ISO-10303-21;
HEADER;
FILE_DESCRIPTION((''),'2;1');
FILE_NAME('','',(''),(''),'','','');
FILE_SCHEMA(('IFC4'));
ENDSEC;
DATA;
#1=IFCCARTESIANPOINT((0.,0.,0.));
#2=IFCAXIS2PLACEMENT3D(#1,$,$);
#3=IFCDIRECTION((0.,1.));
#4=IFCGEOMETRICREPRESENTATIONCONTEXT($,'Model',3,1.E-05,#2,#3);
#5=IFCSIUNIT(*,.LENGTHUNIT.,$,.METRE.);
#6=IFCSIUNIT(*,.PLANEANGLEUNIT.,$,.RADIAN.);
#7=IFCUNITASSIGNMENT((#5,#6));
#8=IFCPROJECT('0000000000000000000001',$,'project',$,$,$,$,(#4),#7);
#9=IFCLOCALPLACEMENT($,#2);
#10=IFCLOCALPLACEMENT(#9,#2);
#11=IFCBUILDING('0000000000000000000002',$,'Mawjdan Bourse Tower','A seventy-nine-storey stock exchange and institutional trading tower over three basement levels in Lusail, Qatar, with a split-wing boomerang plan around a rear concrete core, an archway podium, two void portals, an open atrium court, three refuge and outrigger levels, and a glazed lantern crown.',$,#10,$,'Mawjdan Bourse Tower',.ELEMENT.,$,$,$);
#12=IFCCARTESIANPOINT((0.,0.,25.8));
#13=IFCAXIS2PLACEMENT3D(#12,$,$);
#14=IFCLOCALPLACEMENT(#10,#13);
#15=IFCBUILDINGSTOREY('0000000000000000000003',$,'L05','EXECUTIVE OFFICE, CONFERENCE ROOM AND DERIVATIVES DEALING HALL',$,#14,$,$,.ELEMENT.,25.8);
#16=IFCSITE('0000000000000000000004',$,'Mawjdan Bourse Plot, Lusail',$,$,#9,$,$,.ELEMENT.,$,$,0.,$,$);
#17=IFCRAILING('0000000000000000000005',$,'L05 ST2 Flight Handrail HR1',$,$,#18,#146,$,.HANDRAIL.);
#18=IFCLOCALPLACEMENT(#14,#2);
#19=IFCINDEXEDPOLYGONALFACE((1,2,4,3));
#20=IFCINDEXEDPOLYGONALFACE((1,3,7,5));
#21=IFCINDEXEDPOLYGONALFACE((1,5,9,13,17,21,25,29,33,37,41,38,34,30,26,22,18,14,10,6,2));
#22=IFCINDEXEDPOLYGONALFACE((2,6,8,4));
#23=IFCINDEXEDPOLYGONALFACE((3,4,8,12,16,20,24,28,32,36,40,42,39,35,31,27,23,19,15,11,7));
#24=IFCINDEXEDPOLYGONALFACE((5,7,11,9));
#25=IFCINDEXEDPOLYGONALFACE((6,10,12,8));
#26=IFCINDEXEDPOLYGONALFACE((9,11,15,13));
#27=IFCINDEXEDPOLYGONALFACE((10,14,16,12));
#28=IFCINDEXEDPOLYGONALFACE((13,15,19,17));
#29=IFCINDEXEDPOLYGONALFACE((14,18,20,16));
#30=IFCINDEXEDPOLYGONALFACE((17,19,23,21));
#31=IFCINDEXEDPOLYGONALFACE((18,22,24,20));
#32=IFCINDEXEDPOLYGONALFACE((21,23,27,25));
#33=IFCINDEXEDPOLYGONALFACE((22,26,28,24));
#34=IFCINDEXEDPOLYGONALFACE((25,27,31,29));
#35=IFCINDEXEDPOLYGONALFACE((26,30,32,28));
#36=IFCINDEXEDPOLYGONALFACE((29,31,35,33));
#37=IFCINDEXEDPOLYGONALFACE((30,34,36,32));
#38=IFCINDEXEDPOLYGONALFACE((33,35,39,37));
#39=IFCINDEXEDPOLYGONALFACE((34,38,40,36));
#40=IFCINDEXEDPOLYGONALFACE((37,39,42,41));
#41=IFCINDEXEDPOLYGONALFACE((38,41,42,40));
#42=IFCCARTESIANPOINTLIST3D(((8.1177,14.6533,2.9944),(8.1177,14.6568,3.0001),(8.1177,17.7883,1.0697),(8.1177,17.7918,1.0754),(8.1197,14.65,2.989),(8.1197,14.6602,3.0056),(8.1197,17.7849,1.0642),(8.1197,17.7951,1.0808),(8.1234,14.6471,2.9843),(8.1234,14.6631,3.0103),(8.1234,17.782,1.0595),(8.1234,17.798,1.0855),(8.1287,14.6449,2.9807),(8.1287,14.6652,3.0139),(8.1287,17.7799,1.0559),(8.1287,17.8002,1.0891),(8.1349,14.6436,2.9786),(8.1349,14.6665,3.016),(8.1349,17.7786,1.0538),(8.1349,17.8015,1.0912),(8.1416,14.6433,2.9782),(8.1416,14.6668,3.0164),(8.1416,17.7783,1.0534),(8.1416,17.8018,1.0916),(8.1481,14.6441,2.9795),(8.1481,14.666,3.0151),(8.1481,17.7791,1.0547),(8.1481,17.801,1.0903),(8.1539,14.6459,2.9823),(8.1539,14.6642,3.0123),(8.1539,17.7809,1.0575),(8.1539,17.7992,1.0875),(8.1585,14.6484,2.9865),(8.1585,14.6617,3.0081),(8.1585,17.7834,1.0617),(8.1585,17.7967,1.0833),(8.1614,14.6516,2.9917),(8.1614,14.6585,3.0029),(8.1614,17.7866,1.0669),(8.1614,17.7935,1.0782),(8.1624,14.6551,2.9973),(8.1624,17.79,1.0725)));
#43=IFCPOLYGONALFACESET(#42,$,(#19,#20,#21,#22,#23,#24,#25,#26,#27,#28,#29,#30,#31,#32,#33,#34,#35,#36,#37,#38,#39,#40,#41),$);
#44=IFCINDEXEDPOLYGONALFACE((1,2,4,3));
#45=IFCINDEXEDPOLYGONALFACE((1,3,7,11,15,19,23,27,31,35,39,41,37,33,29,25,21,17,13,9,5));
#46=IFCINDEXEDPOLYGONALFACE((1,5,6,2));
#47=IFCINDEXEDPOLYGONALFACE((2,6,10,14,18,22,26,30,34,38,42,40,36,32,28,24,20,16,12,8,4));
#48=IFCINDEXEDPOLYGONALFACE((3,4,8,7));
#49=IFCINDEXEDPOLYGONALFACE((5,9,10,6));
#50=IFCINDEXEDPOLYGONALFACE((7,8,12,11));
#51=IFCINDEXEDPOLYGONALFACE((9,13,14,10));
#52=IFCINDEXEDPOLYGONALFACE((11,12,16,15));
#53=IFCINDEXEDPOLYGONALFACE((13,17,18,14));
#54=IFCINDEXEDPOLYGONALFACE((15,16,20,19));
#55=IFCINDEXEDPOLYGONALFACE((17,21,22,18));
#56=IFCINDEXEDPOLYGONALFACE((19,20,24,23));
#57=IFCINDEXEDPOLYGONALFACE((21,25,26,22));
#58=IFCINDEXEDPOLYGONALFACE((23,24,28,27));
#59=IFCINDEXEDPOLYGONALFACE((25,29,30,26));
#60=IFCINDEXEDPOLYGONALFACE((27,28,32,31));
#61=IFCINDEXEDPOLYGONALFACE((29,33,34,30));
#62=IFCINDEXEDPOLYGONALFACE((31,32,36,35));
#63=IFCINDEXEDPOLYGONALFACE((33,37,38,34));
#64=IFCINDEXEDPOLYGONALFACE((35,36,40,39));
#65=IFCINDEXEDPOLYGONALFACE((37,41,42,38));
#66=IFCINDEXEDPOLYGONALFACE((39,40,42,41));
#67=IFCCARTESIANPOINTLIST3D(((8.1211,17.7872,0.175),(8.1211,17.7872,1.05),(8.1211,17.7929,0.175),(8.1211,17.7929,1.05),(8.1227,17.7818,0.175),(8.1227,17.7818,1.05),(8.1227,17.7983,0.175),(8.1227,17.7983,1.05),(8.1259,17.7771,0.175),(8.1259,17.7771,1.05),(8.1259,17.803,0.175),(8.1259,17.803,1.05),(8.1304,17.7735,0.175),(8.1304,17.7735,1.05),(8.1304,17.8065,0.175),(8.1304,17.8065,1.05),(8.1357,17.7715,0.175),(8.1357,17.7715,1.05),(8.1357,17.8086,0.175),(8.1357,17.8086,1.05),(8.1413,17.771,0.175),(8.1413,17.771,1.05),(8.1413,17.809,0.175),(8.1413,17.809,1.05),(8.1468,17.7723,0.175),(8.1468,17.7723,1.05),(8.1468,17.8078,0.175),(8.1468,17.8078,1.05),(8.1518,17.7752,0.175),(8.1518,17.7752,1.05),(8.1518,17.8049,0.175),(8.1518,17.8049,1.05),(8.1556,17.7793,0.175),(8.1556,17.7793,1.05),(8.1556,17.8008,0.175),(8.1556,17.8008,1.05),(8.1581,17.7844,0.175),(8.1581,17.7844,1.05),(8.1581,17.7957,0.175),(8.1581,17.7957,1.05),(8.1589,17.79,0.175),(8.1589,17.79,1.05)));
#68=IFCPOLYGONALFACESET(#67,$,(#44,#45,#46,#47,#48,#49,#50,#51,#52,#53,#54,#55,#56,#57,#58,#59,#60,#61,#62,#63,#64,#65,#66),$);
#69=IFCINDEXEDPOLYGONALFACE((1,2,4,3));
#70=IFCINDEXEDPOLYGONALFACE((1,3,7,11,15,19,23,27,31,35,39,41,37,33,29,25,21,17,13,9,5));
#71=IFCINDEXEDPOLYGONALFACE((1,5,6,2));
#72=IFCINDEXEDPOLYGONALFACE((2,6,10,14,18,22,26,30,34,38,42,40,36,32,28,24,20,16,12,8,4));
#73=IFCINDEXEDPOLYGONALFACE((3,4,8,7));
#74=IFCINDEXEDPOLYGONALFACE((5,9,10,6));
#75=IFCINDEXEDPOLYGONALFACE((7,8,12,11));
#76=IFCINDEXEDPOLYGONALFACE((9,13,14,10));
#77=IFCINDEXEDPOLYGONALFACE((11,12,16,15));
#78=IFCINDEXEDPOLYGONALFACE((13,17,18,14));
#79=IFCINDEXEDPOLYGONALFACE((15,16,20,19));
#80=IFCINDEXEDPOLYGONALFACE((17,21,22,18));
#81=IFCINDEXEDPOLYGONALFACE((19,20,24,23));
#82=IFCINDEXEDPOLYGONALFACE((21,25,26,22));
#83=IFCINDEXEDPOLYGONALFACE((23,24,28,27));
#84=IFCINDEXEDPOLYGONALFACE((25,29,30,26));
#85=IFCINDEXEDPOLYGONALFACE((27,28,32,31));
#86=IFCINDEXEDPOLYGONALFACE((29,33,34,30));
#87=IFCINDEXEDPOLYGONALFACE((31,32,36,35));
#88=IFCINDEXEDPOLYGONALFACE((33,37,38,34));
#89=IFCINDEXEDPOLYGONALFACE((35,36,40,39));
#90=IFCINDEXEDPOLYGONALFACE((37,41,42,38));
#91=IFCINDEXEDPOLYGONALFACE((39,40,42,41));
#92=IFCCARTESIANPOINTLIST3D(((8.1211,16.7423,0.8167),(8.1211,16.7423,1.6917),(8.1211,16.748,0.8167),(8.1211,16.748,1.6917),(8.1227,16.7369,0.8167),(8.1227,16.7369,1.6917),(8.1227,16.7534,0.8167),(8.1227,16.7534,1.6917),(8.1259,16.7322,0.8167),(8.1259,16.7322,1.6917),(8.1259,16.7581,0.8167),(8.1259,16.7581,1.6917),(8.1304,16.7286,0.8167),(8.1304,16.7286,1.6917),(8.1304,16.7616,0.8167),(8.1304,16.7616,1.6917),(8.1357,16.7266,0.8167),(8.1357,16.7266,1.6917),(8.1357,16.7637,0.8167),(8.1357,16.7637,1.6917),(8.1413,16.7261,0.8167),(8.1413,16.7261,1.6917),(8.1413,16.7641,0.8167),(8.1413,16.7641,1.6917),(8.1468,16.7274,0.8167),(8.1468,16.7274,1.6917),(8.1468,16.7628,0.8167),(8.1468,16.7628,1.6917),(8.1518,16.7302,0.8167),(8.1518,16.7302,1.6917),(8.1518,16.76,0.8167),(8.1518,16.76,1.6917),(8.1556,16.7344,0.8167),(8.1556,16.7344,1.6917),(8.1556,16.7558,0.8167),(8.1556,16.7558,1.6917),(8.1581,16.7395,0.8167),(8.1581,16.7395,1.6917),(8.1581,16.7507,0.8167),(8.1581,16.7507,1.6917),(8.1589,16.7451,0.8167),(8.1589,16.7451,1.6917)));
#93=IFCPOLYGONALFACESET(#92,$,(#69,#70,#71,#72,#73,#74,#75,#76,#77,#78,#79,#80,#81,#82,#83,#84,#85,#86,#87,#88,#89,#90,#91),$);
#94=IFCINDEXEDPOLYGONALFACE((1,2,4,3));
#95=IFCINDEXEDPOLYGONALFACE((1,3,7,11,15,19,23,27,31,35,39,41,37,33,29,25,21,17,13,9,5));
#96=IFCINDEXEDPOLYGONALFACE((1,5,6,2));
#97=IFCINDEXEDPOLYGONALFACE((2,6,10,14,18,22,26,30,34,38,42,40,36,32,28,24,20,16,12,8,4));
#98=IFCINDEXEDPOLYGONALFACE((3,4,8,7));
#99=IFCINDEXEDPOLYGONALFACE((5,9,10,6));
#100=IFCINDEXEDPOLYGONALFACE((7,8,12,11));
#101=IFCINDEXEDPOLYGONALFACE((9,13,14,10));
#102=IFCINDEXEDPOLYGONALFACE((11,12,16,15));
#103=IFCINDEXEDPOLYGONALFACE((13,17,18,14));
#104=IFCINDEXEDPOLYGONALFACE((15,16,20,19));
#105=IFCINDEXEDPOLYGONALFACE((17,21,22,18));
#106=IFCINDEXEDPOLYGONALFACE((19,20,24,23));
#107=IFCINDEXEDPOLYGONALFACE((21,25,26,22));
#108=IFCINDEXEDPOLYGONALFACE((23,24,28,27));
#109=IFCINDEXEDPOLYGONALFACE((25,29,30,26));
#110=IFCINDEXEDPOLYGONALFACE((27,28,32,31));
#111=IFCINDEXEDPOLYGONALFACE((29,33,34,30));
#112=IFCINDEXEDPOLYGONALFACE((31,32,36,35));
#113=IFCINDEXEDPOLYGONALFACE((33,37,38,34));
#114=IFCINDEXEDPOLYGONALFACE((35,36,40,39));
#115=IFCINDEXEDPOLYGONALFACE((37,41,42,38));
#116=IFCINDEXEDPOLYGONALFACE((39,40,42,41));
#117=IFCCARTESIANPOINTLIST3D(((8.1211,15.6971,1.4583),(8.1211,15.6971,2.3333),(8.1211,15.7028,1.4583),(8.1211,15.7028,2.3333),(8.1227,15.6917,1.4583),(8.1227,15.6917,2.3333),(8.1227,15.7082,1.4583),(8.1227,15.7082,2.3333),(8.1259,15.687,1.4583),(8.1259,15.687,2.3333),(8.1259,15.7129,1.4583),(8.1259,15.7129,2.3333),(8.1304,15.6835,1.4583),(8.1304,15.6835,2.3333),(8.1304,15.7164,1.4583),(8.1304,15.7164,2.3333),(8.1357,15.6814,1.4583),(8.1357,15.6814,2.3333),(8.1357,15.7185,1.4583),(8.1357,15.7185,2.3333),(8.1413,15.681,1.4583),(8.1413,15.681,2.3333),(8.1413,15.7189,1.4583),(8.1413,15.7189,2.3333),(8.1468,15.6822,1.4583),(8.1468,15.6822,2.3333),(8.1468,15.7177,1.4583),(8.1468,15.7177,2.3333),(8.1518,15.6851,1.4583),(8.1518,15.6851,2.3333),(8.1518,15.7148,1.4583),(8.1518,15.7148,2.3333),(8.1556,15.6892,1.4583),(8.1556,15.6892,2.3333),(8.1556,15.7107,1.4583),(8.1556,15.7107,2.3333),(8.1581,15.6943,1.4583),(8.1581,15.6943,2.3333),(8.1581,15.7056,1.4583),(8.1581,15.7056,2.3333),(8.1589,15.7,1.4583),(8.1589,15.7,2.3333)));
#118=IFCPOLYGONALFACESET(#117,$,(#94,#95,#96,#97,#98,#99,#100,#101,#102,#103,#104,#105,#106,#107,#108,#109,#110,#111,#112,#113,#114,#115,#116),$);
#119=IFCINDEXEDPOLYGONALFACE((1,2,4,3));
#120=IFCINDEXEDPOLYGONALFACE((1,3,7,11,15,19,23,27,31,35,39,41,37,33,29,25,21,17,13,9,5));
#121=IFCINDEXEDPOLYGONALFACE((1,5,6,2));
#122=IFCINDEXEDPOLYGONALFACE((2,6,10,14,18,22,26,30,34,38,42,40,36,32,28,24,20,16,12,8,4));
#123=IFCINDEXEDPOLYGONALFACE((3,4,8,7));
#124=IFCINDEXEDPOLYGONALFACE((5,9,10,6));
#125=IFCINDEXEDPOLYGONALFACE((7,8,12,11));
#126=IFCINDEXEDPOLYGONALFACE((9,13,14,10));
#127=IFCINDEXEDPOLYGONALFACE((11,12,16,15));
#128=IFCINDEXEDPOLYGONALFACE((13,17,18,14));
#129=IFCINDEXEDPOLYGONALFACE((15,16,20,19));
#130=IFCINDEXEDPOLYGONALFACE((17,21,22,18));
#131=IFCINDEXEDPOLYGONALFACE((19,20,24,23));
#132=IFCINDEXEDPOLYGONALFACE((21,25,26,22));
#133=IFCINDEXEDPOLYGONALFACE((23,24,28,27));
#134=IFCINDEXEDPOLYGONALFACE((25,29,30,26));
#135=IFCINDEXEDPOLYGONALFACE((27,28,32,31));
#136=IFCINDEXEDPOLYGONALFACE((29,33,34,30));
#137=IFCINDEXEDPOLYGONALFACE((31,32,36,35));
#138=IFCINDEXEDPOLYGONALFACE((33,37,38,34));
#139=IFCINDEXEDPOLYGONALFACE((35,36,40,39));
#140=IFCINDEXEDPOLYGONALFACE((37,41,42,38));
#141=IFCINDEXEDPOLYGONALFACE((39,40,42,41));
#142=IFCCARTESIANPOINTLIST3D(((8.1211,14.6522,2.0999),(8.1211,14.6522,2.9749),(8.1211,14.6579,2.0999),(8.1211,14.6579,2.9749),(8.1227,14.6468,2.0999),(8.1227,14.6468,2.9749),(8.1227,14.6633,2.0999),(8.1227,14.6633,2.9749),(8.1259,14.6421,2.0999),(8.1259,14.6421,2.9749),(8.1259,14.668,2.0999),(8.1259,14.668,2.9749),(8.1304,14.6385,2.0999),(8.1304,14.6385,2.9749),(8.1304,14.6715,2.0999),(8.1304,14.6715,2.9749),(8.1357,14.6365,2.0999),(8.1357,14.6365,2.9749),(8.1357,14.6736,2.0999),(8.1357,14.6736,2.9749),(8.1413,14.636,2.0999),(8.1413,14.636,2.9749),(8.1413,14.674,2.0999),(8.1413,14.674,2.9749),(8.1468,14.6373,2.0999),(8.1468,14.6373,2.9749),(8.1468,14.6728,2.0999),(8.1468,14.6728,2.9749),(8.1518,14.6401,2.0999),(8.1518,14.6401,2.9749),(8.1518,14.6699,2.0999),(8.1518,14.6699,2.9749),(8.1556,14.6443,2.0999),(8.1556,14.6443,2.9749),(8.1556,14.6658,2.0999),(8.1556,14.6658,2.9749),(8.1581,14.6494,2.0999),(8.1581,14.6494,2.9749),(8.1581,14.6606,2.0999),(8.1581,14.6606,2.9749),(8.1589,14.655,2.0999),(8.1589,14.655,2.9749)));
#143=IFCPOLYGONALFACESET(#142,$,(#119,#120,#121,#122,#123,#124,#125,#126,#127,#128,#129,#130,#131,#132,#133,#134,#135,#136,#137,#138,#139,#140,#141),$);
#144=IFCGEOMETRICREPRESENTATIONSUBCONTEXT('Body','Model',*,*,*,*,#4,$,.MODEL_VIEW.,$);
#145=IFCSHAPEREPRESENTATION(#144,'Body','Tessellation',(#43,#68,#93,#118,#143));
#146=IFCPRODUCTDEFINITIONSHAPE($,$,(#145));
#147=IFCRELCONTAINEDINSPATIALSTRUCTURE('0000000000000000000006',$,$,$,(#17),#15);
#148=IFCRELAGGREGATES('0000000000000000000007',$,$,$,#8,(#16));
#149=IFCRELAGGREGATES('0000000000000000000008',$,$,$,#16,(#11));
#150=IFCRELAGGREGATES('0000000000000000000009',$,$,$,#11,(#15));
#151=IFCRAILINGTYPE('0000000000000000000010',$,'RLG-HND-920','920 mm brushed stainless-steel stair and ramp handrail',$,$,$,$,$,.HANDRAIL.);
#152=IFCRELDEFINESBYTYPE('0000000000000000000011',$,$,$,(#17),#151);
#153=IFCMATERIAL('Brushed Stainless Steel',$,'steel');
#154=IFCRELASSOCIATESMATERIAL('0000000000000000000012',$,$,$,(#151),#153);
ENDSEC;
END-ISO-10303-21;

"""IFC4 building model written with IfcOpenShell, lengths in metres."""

from ifc_helpers import new_model, si_unit, direction, frame, origin, origin_2d, place, context, subcontext, project, spatial, circle, extrude, material, type_object, element, save


model = new_model("IFC4")

# Units and contexts
model_context = context("Model", 3, precision=1e-05, world=origin(), true_north=direction((0.0, 1.0)))
body_context = subcontext(model_context, "Body", "Model", "MODEL_VIEW")
ifc_project = project(units=[si_unit("LENGTHUNIT", "METRE"), si_unit("PLANEANGLEUNIT", "RADIAN")], contexts=[model_context])

# Site, building, storey
site_placement = place(None, origin())
site = spatial("IfcSite", under=ifc_project, at=site_placement, Name="Mawjdan Bourse Plot, Lusail", CompositionType="ELEMENT", RefElevation=0.0)
building_placement = place(site_placement, origin())
building = spatial("IfcBuilding", under=site, at=building_placement, Name="Mawjdan Bourse Tower", Description="A seventy-nine-storey stock exchange and institutional trading tower over three basement levels in Lusail, Qatar, with a split-wing boomerang plan around a rear concrete core, an archway podium, two void portals, an open atrium court, three refuge and outrigger levels, and a glazed lantern crown.", LongName="Mawjdan Bourse Tower", CompositionType="ELEMENT")
storey_placement = place(building_placement, frame((0.0, 0.0, 25.8)))
storey = spatial("IfcBuildingStorey", under=building, at=storey_placement, Name="L05", Description="EXECUTIVE OFFICE, CONFERENCE ROOM AND DERIVATIVES DEALING HALL", CompositionType="ELEMENT", Elevation=25.8)

# Railing
ifc_material_1 = material(Name="Brushed Stainless Steel", Category="steel")
railing_type_1 = type_object("IfcRailingType", Name="RLG-HND-920", Description="920 mm brushed stainless-steel stair and ramp handrail", PredefinedType="HANDRAIL", material=ifc_material_1)
railing_1_placement = place(storey_placement, frame((8.1399, 17.79, 0.175)))
element("IfcRailing", 1, at=railing_1_placement, inside=storey, type_object=railing_type_1, Name="L05 ST2 Flight Handrail HR1", PredefinedType="HANDRAIL", context=body_context, shape_type="SweptSolid", body=[
    extrude(circle(Radius=0.0225, at=origin_2d()), frame((0.0, 0.0, 0.8975), z_axis=(0.0, -0.852196, 0.523223), x_axis=(1.0, 0.0, 0.0)), (0.0, 0.0, 1.0), 3.6787),
    extrude(circle(Radius=0.019, at=origin_2d()), origin(), (0.0, 0.0, 1.0), 0.875),
    extrude(circle(Radius=0.019, at=origin_2d()), frame((0.0, -1.0449, 0.6416)), (0.0, 0.0, 1.0), 0.875),
    extrude(circle(Radius=0.019, at=origin_2d()), frame((0.0, -2.0901, 1.2832)), (0.0, 0.0, 1.0), 0.875),
    extrude(circle(Radius=0.019, at=origin_2d()), frame((0.0, -3.135, 1.9248)), (0.0, 0.0, 1.0), 0.875),
])

save(model, "model.ifc")
